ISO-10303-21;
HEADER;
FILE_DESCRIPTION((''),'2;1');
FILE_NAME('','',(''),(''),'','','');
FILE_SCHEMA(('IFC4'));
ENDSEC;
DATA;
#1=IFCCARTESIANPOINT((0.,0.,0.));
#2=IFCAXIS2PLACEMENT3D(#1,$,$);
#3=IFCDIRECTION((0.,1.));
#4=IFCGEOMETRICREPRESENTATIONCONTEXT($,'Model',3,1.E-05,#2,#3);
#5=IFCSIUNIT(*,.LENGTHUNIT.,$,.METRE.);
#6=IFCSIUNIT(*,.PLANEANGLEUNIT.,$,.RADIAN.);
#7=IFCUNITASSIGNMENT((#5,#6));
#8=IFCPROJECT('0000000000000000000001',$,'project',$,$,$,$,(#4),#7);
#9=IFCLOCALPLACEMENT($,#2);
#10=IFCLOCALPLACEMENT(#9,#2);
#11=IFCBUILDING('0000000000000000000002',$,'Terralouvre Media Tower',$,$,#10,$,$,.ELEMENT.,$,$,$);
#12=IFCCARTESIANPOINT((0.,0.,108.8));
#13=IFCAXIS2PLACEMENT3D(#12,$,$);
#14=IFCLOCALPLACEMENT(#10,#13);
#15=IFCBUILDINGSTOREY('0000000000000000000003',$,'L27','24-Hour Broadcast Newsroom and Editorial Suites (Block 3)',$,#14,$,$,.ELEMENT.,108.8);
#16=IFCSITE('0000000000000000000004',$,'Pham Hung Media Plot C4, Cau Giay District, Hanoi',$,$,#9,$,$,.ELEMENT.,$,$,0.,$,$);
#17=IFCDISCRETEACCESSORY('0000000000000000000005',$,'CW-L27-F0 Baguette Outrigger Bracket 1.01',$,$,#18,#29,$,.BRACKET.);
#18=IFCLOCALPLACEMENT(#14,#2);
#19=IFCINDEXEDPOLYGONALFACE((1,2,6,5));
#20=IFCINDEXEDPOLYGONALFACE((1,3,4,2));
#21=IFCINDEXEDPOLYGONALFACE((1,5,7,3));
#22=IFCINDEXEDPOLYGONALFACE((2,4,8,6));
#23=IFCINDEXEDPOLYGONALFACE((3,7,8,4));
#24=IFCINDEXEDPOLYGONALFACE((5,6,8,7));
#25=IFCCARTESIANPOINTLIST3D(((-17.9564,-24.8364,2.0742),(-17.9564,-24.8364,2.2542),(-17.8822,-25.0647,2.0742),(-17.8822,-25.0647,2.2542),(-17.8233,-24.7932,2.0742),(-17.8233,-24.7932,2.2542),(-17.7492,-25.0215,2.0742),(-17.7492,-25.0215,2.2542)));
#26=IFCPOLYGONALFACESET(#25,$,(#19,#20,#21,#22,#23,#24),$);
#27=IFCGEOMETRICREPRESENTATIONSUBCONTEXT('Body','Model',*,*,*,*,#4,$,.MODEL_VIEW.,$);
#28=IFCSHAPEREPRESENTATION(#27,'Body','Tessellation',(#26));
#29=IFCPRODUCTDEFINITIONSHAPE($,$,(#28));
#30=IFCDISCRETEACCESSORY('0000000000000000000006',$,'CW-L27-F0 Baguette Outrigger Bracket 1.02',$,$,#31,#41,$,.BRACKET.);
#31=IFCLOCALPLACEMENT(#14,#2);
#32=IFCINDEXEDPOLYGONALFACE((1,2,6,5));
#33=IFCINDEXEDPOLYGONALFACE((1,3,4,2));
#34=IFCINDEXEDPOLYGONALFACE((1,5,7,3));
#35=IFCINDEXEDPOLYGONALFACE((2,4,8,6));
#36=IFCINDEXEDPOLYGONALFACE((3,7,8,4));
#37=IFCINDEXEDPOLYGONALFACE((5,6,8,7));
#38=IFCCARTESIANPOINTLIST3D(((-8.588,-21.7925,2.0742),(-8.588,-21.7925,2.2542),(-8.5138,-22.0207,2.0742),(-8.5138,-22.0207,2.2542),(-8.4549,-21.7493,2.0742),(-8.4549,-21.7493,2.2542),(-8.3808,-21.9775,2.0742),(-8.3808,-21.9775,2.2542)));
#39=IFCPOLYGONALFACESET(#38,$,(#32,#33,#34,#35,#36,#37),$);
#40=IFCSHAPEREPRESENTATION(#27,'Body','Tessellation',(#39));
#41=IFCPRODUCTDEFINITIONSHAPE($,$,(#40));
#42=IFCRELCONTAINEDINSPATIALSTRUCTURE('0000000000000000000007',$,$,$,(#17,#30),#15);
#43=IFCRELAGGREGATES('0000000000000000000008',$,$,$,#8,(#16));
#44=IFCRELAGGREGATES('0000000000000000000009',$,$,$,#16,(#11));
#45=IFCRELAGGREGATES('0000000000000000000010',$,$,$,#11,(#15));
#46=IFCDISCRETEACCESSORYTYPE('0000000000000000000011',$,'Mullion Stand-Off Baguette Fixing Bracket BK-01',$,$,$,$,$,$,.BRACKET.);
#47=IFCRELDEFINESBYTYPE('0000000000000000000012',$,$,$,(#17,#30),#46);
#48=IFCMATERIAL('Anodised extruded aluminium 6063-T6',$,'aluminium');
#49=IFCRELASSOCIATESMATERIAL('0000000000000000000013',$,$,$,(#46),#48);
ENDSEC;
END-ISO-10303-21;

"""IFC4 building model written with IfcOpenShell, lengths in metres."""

from ifc_helpers import new_model, si_unit, direction, frame, origin, origin_2d, place, context, subcontext, project, spatial, rectangle, extrude, material, type_object, element, save


model = new_model("IFC4")

# Units and contexts
model_context = context("Model", 3, precision=1e-05, world=origin(), true_north=direction((0.0, 1.0)))
body_context = subcontext(model_context, "Body", "Model", "MODEL_VIEW")
ifc_project = project(units=[si_unit("LENGTHUNIT", "METRE"), si_unit("PLANEANGLEUNIT", "RADIAN")], contexts=[model_context])

# Site, building, storey
site_placement = place(None, origin())
site = spatial("IfcSite", under=ifc_project, at=site_placement, Name="Pham Hung Media Plot C4, Cau Giay District, Hanoi", CompositionType="ELEMENT", RefElevation=0.0)
building_placement = place(site_placement, origin())
building = spatial("IfcBuilding", under=site, at=building_placement, Name="Terralouvre Media Tower", CompositionType="ELEMENT")
storey_placement = place(building_placement, frame((0.0, 0.0, 108.8)))
storey = spatial("IfcBuildingStorey", under=building, at=storey_placement, Name="L27", Description="24-Hour Broadcast Newsroom and Editorial Suites (Block 3)", CompositionType="ELEMENT", Elevation=108.8)

# Discrete accessories
ifc_material_1 = material(Name="Anodised extruded aluminium 6063-T6", Category="aluminium")
discrete_accessory_type = type_object("IfcDiscreteAccessoryType", Name="Mullion Stand-Off Baguette Fixing Bracket BK-01", PredefinedType="BRACKET", material=ifc_material_1)
for number, where, z_axis, x_axis, name in (
    (1, (-17.8528, -24.929, 2.0742), (0.0, 0.0, 1.0), (0.951057, 0.309017, 0.0), "CW-L27-F0 Baguette Outrigger Bracket 1.01"),
    (2, (-8.4844, -21.885, 2.0742), (0.0, 0.0, 1.0), (0.951057, 0.309017, 0.0), "CW-L27-F0 Baguette Outrigger Bracket 1.02"),
):
    element("IfcDiscreteAccessory", number, at=place(storey_placement, frame(where, z_axis=z_axis, x_axis=x_axis)), inside=storey, type_object=discrete_accessory_type, Name=name, PredefinedType="BRACKET", context=body_context, shape_type="SweptSolid", body=[
        extrude(rectangle(XDim=0.1399, YDim=0.24, at=origin_2d()), origin(), (0.0, 0.0, 1.0), 0.1799),
    ])

save(model, "model.ifc")
